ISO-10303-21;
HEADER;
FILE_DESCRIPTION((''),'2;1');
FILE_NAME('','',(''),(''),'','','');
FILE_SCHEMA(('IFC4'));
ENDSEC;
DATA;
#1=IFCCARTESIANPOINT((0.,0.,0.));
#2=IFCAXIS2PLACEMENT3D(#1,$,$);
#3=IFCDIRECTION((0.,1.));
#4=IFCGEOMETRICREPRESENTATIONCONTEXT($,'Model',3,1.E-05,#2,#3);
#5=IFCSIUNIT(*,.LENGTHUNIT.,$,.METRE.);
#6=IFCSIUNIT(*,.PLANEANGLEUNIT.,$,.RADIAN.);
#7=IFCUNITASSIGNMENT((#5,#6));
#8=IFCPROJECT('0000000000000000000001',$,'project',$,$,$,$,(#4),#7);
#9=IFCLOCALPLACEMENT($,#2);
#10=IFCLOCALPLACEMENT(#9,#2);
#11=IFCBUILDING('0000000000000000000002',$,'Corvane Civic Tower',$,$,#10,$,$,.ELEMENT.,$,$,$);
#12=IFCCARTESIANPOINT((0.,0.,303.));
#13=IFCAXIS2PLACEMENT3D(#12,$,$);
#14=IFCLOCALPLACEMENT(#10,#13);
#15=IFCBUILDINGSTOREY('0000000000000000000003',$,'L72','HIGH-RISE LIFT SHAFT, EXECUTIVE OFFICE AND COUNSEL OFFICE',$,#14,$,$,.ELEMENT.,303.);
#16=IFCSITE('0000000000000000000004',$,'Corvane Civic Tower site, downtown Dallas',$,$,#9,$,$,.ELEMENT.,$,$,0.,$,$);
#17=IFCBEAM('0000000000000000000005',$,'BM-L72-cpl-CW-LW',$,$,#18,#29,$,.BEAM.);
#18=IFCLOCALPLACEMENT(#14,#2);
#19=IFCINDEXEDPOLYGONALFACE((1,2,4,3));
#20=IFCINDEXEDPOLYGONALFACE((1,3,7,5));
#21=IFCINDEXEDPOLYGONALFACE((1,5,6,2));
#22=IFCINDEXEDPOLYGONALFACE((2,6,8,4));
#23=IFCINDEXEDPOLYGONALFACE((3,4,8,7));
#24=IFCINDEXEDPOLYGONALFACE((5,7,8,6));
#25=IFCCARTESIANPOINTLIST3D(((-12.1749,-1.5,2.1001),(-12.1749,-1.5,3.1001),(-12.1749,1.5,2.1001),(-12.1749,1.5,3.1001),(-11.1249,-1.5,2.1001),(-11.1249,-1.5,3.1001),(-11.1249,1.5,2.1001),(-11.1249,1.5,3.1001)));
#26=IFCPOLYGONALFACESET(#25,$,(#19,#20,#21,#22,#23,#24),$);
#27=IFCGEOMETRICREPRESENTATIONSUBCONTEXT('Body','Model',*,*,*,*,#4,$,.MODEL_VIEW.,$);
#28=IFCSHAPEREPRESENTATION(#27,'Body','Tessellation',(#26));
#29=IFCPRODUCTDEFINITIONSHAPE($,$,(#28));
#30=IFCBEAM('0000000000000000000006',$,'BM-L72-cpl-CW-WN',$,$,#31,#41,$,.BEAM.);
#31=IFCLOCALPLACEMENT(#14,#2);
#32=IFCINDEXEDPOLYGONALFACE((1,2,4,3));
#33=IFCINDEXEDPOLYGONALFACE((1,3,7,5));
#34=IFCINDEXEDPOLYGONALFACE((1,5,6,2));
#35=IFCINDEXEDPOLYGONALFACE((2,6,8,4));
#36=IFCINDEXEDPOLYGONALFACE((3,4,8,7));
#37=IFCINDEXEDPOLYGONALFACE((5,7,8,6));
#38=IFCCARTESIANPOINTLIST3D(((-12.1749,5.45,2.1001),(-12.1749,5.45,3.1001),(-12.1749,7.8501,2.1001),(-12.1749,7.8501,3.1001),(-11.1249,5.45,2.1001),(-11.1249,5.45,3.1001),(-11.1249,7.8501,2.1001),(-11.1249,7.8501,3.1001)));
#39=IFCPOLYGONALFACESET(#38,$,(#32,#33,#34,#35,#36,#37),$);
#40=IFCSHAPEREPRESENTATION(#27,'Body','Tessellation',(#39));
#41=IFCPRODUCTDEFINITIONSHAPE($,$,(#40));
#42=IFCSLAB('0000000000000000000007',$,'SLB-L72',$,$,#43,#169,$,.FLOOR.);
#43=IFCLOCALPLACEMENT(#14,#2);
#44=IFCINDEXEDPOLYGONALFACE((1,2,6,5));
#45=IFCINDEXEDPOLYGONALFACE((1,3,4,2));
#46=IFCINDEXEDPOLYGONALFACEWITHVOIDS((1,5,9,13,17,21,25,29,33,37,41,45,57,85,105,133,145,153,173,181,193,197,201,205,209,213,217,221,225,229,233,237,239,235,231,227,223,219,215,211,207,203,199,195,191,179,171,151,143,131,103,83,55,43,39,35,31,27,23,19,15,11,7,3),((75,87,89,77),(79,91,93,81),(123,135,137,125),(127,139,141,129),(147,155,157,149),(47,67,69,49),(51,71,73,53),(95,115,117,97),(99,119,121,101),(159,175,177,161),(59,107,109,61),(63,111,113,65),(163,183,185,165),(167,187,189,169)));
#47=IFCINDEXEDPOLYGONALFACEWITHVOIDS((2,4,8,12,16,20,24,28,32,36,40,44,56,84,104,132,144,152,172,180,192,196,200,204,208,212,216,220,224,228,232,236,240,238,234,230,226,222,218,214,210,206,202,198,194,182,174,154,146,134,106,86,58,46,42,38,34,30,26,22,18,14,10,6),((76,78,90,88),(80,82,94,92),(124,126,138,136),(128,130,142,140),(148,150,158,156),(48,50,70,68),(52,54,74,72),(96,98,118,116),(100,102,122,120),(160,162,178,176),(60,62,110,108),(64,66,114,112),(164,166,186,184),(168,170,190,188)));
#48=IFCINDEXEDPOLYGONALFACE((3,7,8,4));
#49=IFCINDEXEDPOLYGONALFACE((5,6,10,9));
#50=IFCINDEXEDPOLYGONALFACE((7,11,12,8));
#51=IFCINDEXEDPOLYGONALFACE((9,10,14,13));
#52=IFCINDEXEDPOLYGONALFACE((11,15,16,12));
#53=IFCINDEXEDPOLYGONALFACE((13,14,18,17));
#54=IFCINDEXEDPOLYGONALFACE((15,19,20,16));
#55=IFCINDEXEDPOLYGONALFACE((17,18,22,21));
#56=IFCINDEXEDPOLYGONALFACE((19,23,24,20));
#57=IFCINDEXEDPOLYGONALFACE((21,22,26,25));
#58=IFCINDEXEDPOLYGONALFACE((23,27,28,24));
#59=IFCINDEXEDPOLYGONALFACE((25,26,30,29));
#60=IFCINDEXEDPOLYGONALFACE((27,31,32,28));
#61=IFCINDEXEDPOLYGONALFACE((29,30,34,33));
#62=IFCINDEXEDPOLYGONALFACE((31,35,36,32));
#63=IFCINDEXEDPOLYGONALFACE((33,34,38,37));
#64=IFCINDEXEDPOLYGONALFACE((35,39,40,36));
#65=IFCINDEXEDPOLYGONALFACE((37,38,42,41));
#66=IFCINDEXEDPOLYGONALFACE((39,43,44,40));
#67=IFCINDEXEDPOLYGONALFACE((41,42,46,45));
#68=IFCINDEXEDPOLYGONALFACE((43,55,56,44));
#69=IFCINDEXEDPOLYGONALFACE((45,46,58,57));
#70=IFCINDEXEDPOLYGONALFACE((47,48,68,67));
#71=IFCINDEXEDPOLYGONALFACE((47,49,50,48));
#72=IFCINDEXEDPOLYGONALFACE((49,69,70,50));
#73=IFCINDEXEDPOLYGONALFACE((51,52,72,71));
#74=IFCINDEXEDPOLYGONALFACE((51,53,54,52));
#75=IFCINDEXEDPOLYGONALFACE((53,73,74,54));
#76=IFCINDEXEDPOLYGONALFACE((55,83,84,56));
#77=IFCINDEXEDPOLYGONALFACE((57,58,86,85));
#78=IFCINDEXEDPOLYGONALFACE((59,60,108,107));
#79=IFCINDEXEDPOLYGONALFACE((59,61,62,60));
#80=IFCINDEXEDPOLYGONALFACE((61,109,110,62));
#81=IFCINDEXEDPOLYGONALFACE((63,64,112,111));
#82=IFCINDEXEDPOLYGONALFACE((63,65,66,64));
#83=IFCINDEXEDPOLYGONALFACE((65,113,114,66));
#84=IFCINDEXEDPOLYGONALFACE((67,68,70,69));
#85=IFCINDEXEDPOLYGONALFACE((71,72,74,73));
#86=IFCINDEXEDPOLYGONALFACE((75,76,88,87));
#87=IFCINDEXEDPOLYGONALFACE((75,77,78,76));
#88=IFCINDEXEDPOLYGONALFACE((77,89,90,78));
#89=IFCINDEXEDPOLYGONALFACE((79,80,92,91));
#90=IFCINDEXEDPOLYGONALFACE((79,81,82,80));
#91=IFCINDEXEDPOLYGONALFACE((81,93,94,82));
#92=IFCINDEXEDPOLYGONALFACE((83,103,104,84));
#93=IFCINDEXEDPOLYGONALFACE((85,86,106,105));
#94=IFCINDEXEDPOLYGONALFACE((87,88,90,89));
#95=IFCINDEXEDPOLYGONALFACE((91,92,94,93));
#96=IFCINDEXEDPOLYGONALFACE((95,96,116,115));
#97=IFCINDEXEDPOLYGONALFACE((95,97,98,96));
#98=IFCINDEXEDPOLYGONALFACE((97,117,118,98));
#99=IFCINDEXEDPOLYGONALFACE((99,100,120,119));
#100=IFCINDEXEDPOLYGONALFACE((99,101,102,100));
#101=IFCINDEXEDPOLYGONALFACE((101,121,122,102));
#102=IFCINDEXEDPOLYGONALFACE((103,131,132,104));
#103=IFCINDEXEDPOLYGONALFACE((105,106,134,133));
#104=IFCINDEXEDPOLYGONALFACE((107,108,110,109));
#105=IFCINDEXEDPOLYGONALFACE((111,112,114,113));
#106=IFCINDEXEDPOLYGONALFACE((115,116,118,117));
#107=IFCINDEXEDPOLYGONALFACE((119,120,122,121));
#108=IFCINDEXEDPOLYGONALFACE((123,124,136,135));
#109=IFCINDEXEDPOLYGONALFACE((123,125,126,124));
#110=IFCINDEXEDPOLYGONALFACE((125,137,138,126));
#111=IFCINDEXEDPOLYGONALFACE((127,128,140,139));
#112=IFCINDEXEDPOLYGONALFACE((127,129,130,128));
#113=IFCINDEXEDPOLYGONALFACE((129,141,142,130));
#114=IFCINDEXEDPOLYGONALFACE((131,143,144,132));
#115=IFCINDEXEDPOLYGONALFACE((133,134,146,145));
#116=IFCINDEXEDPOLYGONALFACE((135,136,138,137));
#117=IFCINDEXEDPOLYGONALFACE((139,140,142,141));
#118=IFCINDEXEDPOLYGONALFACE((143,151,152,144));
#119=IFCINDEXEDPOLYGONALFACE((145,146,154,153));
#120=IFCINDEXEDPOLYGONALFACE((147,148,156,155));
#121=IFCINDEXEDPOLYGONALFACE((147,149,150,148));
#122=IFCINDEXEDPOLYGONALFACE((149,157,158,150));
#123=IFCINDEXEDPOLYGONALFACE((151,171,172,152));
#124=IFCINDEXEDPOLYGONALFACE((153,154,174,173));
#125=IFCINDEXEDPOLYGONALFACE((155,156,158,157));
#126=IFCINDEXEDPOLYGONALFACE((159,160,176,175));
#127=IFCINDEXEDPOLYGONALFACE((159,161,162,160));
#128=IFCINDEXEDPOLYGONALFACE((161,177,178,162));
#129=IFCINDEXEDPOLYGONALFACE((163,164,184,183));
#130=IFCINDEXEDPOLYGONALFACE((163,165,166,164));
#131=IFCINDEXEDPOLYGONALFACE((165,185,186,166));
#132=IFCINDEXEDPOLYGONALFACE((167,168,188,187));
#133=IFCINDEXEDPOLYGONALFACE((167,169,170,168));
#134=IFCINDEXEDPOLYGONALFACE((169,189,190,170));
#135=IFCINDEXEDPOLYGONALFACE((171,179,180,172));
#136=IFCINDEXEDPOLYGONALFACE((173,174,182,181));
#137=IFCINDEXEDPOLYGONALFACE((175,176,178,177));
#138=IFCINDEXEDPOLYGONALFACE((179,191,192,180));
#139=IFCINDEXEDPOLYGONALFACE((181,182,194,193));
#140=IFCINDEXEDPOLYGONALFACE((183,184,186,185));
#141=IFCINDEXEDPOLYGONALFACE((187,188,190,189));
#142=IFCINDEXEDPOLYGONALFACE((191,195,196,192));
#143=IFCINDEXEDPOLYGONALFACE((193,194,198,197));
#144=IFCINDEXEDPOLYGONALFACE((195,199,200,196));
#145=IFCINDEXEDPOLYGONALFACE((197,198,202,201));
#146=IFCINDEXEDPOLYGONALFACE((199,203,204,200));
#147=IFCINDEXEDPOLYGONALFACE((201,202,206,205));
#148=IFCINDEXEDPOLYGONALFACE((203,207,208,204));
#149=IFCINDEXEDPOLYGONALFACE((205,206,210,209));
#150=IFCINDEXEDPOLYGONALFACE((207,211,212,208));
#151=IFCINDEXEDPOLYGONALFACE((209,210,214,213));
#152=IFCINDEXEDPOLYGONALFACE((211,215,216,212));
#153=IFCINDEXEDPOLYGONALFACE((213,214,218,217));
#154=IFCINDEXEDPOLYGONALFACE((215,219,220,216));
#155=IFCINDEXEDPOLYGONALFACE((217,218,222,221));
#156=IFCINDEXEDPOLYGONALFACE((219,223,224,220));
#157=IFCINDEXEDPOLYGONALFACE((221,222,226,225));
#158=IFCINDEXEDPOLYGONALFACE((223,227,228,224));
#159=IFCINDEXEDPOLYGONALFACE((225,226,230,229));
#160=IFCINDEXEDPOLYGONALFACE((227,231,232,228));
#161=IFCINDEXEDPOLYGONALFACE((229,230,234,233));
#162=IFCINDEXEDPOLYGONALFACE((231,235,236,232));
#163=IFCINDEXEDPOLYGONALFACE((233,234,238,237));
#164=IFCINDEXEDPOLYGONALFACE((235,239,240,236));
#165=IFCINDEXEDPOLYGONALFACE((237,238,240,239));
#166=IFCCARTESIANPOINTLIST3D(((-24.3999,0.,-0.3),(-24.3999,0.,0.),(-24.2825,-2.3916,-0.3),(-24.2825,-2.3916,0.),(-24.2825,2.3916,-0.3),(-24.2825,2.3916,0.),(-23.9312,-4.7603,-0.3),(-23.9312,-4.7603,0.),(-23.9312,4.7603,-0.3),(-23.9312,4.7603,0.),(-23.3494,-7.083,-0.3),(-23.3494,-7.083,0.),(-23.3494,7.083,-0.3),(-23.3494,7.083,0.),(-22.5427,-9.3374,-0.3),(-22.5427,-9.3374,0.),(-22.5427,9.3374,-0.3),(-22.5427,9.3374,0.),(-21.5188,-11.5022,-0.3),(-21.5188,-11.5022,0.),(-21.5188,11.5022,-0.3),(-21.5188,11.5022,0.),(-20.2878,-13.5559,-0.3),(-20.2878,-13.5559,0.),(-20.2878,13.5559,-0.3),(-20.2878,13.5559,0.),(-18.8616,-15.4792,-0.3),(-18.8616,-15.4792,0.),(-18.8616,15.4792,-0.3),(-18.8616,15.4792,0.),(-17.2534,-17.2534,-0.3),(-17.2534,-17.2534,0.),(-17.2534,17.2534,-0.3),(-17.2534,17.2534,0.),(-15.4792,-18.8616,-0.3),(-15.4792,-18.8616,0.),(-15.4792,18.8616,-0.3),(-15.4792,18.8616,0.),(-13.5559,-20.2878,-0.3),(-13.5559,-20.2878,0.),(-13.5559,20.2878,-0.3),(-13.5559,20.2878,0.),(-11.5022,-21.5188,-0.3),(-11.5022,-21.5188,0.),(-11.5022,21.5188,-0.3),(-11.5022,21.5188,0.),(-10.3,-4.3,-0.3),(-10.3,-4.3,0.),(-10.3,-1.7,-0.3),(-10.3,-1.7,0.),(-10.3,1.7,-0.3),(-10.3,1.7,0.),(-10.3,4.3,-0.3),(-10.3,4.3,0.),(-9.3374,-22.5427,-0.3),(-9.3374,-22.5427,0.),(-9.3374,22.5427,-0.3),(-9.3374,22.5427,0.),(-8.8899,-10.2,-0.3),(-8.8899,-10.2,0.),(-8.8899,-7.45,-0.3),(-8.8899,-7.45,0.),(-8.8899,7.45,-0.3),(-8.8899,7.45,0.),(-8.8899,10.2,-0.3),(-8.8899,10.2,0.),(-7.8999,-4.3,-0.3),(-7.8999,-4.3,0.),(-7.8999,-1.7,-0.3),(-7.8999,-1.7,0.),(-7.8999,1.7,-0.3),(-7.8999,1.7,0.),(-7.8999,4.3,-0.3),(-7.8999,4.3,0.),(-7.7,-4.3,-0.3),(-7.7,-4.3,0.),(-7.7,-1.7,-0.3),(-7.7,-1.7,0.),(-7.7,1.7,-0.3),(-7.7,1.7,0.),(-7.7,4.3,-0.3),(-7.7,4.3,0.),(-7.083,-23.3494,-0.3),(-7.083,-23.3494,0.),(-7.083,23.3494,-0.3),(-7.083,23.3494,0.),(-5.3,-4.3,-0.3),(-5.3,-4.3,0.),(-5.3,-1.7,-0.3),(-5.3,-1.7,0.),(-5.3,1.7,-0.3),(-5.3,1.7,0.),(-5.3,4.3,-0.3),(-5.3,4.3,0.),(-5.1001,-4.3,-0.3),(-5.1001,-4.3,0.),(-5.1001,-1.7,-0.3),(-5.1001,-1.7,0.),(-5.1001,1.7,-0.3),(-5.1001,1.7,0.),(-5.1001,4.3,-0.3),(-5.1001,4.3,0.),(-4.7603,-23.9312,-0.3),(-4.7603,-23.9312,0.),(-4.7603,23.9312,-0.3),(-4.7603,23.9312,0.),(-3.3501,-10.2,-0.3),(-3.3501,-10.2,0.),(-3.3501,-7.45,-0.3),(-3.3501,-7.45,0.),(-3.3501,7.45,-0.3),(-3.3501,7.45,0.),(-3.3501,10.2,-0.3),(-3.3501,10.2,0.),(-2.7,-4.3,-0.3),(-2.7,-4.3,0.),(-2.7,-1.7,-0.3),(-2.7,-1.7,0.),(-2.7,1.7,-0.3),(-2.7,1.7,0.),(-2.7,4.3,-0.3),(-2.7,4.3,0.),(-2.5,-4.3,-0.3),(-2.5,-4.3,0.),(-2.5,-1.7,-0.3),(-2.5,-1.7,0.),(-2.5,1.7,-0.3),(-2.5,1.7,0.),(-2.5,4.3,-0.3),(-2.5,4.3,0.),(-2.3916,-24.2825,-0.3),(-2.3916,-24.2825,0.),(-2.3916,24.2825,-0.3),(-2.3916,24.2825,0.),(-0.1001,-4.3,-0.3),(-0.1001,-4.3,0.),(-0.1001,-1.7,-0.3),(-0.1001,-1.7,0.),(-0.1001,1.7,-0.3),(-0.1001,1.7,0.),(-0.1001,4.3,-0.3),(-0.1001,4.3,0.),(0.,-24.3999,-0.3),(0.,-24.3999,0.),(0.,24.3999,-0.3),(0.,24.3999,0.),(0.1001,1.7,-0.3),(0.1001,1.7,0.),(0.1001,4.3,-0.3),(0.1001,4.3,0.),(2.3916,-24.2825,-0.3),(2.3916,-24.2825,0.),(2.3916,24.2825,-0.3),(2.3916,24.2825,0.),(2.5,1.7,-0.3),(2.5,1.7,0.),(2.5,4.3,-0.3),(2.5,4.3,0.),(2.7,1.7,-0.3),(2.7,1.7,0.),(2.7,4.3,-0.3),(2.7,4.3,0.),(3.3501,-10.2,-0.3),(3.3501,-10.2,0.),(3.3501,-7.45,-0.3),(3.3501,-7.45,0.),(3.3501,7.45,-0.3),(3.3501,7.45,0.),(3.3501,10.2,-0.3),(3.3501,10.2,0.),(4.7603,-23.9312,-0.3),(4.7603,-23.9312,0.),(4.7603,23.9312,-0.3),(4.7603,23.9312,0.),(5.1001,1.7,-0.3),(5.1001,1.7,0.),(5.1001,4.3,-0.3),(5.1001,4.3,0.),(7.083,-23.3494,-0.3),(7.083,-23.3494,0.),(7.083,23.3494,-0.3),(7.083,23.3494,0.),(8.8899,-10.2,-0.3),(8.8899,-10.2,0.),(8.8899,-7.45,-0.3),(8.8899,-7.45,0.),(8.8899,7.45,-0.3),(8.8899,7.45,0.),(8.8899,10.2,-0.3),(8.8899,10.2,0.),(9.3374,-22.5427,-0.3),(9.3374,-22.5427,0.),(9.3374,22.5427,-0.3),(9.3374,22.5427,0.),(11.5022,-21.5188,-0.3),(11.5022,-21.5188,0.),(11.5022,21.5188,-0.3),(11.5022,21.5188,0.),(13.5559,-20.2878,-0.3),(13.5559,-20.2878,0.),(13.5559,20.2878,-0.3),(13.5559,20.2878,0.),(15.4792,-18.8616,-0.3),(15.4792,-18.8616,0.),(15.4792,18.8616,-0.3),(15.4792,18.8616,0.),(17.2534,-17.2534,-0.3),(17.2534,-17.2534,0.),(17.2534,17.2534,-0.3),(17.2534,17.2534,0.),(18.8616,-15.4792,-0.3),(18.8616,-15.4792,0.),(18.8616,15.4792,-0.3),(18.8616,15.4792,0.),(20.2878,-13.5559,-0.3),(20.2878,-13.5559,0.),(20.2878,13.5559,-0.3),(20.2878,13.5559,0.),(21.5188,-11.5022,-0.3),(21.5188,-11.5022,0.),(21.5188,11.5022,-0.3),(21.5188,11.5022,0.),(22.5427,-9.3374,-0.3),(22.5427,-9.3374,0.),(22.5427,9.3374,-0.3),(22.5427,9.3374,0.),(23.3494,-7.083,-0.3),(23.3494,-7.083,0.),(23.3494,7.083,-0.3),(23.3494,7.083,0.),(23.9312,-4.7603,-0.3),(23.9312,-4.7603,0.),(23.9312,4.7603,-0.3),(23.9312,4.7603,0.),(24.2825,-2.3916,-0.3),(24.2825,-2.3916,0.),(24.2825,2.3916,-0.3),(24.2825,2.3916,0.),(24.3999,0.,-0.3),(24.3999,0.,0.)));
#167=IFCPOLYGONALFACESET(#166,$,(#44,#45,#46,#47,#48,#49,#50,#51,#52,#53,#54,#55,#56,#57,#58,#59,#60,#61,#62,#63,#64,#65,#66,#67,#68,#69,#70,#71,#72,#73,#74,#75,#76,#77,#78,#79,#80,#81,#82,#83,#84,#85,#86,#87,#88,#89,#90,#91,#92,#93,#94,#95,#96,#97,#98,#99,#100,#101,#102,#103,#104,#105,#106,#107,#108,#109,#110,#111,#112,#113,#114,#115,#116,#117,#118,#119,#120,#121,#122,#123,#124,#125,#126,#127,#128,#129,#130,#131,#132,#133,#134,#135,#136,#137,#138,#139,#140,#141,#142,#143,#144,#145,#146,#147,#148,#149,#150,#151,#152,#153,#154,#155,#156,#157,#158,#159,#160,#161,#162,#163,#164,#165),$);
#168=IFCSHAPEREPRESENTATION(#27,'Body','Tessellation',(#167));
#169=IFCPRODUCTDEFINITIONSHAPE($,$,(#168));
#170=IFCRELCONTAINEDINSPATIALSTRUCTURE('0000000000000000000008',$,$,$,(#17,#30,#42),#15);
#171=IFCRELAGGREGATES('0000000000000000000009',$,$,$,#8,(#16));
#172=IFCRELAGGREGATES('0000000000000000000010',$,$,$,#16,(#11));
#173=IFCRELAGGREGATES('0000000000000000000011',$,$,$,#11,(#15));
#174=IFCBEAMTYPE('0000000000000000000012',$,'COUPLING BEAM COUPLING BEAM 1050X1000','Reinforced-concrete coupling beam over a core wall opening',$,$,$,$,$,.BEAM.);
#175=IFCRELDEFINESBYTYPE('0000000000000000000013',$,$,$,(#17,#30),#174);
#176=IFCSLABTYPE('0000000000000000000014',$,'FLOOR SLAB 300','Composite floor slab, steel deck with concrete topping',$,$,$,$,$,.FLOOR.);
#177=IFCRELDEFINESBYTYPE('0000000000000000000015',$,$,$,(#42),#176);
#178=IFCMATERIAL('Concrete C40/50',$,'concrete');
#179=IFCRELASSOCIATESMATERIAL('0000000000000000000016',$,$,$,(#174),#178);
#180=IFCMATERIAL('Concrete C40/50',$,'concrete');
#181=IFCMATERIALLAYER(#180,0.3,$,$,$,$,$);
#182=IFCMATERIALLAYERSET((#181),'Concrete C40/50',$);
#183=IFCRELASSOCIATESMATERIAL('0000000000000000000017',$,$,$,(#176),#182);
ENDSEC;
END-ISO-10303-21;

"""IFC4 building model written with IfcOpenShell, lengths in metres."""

from ifc_helpers import new_model, si_unit, direction, frame, origin, origin_2d, place, context, subcontext, project, spatial, polyline, rectangle, outline, extrude, material, layer, layer_set, material_profile, profile_set, type_object, element, save


model = new_model("IFC4")

# Units and contexts
model_context = context("Model", 3, precision=1e-05, world=origin(), true_north=direction((0.0, 1.0)))
body_context = subcontext(model_context, "Body", "Model", "MODEL_VIEW")
ifc_project = project(units=[si_unit("LENGTHUNIT", "METRE"), si_unit("PLANEANGLEUNIT", "RADIAN")], contexts=[model_context])

# Site, building, storey
site_placement = place(None, origin())
site = spatial("IfcSite", under=ifc_project, at=site_placement, Name="Corvane Civic Tower site, downtown Dallas", CompositionType="ELEMENT", RefElevation=0.0)
building_placement = place(site_placement, origin())
building = spatial("IfcBuilding", under=site, at=building_placement, Name="Corvane Civic Tower", CompositionType="ELEMENT")
storey_placement = place(building_placement, frame((0.0, 0.0, 303.0)))
storey = spatial("IfcBuildingStorey", under=building, at=storey_placement, Name="L72", Description="HIGH-RISE LIFT SHAFT, EXECUTIVE OFFICE AND COUNSEL OFFICE", CompositionType="ELEMENT", Elevation=303.0)

# Beams
ifc_material_1 = material(Name="Concrete C40/50", Category="concrete")
ifc_material_profile = material_profile(ifc_material_1, rectangle(XDim=1.05, YDim=1.0, at=origin_2d()), Name="COUPLING BEAM 1050X1000")
ifc_profile_set = profile_set([ifc_material_profile], Name="Concrete C40/50")
beam_type = type_object("IfcBeamType", Name="COUPLING BEAM COUPLING BEAM 1050X1000", Description="Reinforced-concrete coupling beam over a core wall opening", PredefinedType="BEAM", material=ifc_profile_set)
beam_1_placement = place(storey_placement, frame((-11.6499, -1.5, 2.6001), z_axis=(0.0, 1.0, 0.0), x_axis=(-1.0, 0.0, 0.0)))
element("IfcBeam", 1, at=beam_1_placement, inside=storey, type_object=beam_type, Name="BM-L72-cpl-CW-LW", PredefinedType="BEAM", context=body_context, shape_type="SweptSolid", body=[
    extrude(rectangle(XDim=1.05, YDim=1.0, at=origin_2d()), origin(), (0.0, 0.0, 1.0), 3.0),
])
beam_2_placement = place(storey_placement, frame((-11.6499, 5.45, 2.6001), z_axis=(0.0, 1.0, 0.0), x_axis=(-1.0, 0.0, 0.0)))
element("IfcBeam", 2, at=beam_2_placement, inside=storey, type_object=beam_type, Name="BM-L72-cpl-CW-WN", PredefinedType="BEAM", context=body_context, shape_type="SweptSolid", body=[
    extrude(rectangle(XDim=1.05, YDim=1.0, at=origin_2d()), origin(), (0.0, 0.0, 1.0), 2.4001),
])

# Slab
ifc_material_2 = material(Name="Concrete C40/50", Category="concrete")
ifc_layer_1 = layer(ifc_material_2, 0.3)
ifc_layer_set_1 = layer_set([ifc_layer_1], Name="Concrete C40/50")
slab_type_1 = type_object("IfcSlabType", Name="FLOOR SLAB 300", Description="Composite floor slab, steel deck with concrete topping", PredefinedType="FLOOR", material=ifc_layer_set_1)
slab_1_placement = place(storey_placement, frame((0.0, 0.0, -0.3)))
element("IfcSlab", 3, at=slab_1_placement, inside=storey, type_object=slab_type_1, Name="SLB-L72", PredefinedType="FLOOR", context=body_context, shape_type="SweptSolid", body=[
    extrude(outline(polyline([(0.0, 24.3999), (-2.3916, 24.2825), (-4.7603, 23.9312), (-7.083, 23.3494), (-9.3374, 22.5427), (-11.5022, 21.5188), (-13.5559, 20.2878), (-15.4792, 18.8616), (-17.2534, 17.2534), (-18.8616, 15.4792), (-20.2878, 13.5559), (-21.5188, 11.5022), (-22.5427, 9.3374), (-23.3494, 7.083), (-23.9312, 4.7603), (-24.2825, 2.3916), (-24.3999, 0.0), (-24.2825, -2.3916), (-23.9312, -4.7603), (-23.3494, -7.083), (-22.5427, -9.3374), (-21.5188, -11.5022), (-20.2878, -13.5559), (-18.8616, -15.4792), (-17.2534, -17.2534), (-15.4792, -18.8616), (-13.5559, -20.2878), (-11.5022, -21.5188), (-9.3374, -22.5427), (-7.083, -23.3494), (-4.7603, -23.9312), (-2.3916, -24.2825), (0.0, -24.3999), (2.3916, -24.2825), (4.7603, -23.9312), (7.083, -23.3494), (9.3374, -22.5427), (11.5022, -21.5188), (13.5559, -20.2878), (15.4792, -18.8616), (17.2534, -17.2534), (18.8616, -15.4792), (20.2878, -13.5559), (21.5188, -11.5022), (22.5427, -9.3374), (23.3494, -7.083), (23.9312, -4.7603), (24.2825, -2.3916), (24.3999, 0.0), (24.2825, 2.3916), (23.9312, 4.7603), (23.3494, 7.083), (22.5427, 9.3374), (21.5188, 11.5022), (20.2878, 13.5559), (18.8616, 15.4792), (17.2534, 17.2534), (15.4792, 18.8616), (13.5559, 20.2878), (11.5022, 21.5188), (9.3374, 22.5427), (7.083, 23.3494), (4.7603, 23.9312), (2.3916, 24.2825), (0.0, 24.3999)]), holes=[polyline([(-10.3, 4.3), (-7.8999, 4.3), (-7.8999, 1.7), (-10.3, 1.7), (-10.3, 4.3)]), polyline([(-7.7, 4.3), (-5.3, 4.3), (-5.3, 1.7), (-7.7, 1.7), (-7.7, 4.3)]), polyline([(-5.1001, 4.3), (-2.7, 4.3), (-2.7, 1.7), (-5.1001, 1.7), (-5.1001, 4.3)]), polyline([(-2.5, 1.7), (-2.5, 4.3), (-0.1001, 4.3), (-0.1001, 1.7), (-2.5, 1.7)]), polyline([(0.1001, 1.7), (0.1001, 4.3), (2.5, 4.3), (2.5, 1.7), (0.1001, 1.7)]), polyline([(2.7, 1.7), (2.7, 4.3), (5.1001, 4.3), (5.1001, 1.7), (2.7, 1.7)]), polyline([(-10.3, -4.3), (-10.3, -1.7), (-7.8999, -1.7), (-7.8999, -4.3), (-10.3, -4.3)]), polyline([(-7.7, -4.3), (-7.7, -1.7), (-5.3, -1.7), (-5.3, -4.3), (-7.7, -4.3)]), polyline([(-5.1001, -4.3), (-5.1001, -1.7), (-2.7, -1.7), (-2.7, -4.3), (-5.1001, -4.3)]), polyline([(-2.5, -4.3), (-2.5, -1.7), (-0.1001, -1.7), (-0.1001, -4.3), (-2.5, -4.3)]), polyline([(8.8899, 10.2), (8.8899, 7.45), (3.3501, 7.45), (3.3501, 10.2), (8.8899, 10.2)]), polyline([(-8.8899, 7.45), (-8.8899, 10.2), (-3.3501, 10.2), (-3.3501, 7.45), (-8.8899, 7.45)]), polyline([(8.8899, -7.45), (8.8899, -10.2), (3.3501, -10.2), (3.3501, -7.45), (8.8899, -7.45)]), polyline([(-8.8899, -10.2), (-8.8899, -7.45), (-3.3501, -7.45), (-3.3501, -10.2), (-8.8899, -10.2)])]), origin(), (0.0, 0.0, 1.0), 0.3),
])

save(model, "model.ifc")
